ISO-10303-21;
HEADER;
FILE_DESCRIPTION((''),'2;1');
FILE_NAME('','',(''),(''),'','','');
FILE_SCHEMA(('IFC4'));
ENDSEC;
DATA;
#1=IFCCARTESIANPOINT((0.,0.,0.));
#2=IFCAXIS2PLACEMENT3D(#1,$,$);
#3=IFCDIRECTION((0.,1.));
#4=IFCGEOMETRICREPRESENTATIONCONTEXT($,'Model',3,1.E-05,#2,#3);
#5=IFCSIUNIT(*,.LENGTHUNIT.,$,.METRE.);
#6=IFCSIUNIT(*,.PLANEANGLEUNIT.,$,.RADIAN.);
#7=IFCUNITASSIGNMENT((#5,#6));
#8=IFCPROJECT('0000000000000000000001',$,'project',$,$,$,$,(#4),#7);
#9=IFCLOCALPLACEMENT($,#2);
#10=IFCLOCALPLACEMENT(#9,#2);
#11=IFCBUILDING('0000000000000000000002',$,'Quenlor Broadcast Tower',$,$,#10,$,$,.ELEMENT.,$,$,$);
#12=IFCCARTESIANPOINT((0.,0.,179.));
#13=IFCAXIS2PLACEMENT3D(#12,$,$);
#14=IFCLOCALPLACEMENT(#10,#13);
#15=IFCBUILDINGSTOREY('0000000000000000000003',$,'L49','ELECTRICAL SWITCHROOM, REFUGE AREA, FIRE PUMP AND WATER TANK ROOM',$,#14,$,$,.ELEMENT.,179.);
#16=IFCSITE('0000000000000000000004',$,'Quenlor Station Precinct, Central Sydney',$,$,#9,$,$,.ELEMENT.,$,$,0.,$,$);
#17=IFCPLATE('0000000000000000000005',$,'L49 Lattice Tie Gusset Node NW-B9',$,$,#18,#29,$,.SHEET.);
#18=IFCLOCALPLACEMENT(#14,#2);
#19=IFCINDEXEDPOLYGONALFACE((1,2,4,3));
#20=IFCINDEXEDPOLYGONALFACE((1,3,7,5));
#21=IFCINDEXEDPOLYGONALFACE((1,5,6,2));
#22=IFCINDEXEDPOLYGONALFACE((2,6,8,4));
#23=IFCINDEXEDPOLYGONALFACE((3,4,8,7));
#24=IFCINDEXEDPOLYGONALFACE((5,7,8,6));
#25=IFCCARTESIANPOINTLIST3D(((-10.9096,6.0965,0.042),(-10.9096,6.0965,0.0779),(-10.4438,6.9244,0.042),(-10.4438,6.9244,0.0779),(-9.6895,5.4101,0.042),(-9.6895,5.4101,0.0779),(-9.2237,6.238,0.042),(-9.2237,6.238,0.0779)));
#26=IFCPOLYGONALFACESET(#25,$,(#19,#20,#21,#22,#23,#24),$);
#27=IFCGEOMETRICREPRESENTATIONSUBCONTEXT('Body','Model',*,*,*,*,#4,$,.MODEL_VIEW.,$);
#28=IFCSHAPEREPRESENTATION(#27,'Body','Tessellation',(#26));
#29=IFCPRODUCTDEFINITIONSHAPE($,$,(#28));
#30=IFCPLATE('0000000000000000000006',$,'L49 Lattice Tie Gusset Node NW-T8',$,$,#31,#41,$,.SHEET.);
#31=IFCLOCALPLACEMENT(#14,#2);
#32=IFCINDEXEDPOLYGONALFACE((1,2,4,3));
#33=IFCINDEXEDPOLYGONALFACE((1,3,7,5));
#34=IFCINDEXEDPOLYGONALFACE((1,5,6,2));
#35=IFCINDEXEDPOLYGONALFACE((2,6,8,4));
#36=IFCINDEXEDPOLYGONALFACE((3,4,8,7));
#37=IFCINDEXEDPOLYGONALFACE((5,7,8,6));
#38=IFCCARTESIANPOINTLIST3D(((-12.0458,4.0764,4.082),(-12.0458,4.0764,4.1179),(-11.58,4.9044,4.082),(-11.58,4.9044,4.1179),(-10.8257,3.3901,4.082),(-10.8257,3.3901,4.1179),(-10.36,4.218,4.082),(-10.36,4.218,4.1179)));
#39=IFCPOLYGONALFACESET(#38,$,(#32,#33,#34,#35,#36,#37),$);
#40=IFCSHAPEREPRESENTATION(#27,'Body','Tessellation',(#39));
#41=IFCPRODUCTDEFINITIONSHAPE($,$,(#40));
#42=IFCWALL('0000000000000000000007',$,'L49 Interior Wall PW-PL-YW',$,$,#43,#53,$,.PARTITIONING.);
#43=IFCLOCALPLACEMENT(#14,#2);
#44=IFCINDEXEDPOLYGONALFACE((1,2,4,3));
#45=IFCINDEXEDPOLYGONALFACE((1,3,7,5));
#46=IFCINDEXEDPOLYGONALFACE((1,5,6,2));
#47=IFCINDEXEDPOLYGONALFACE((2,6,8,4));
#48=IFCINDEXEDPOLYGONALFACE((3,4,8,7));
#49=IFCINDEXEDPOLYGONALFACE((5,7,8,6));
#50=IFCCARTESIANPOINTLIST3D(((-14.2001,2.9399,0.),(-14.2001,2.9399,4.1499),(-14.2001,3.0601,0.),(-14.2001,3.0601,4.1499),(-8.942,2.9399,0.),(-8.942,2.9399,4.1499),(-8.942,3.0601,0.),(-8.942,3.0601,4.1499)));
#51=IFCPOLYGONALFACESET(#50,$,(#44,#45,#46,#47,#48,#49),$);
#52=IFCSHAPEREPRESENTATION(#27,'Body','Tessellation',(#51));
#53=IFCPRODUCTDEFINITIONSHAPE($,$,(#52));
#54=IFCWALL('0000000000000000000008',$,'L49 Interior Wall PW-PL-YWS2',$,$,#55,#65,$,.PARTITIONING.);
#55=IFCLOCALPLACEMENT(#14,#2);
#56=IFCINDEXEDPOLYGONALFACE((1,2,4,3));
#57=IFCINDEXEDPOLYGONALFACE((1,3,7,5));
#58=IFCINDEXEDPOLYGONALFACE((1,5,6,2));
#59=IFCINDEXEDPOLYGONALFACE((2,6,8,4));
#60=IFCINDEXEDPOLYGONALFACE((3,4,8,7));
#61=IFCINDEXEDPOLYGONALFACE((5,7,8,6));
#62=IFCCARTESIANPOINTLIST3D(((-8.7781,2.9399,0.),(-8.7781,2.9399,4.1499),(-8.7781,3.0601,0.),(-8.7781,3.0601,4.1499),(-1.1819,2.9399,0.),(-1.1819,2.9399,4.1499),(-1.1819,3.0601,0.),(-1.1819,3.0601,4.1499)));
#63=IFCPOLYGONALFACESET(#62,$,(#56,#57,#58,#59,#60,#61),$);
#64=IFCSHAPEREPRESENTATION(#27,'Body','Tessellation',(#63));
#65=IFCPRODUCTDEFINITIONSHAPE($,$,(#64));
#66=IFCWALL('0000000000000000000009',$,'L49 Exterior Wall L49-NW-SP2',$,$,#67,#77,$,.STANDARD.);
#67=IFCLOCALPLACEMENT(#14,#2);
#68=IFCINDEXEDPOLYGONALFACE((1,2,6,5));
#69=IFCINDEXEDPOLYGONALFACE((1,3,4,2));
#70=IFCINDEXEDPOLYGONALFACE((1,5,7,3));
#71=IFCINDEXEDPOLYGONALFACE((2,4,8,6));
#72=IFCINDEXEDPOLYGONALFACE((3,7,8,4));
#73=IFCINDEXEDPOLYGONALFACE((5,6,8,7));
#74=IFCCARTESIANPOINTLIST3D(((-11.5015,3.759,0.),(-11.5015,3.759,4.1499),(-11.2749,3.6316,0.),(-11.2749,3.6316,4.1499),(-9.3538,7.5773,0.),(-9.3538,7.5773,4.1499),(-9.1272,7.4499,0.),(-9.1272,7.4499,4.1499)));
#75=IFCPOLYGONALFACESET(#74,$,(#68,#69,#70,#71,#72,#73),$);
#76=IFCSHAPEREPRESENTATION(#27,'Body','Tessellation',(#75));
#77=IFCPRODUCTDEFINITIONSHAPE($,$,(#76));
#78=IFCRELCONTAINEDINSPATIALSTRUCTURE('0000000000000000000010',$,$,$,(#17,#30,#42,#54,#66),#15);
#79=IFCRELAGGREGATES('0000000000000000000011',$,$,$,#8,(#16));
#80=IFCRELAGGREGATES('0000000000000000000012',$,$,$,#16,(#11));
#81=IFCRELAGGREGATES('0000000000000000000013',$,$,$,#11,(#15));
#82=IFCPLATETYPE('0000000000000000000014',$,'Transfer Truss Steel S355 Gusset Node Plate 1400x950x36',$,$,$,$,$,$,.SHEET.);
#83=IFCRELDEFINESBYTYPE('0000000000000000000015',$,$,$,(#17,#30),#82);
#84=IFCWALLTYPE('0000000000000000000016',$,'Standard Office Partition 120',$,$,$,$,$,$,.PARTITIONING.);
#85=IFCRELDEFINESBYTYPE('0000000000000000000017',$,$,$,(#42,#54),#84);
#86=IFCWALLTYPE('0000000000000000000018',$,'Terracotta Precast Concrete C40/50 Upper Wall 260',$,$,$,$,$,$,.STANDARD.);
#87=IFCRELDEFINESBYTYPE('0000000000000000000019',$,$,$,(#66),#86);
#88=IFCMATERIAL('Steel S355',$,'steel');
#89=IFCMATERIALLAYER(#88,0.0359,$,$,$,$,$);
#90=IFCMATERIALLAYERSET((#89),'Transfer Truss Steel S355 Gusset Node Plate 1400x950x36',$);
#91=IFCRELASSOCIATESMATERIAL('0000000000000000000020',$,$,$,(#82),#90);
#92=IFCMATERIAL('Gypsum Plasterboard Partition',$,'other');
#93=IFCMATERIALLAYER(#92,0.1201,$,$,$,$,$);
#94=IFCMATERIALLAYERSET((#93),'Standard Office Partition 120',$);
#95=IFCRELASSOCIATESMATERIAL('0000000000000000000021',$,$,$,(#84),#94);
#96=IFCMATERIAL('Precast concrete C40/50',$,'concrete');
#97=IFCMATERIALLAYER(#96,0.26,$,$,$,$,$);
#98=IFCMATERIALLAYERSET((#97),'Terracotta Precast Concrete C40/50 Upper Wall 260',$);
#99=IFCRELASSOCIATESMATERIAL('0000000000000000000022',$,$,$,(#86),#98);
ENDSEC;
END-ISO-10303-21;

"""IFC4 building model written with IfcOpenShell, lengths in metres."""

from ifc_helpers import new_model, si_unit, direction, frame, frame_2d, origin, origin_2d, place, context, subcontext, project, spatial, rectangle, extrude, material, layer, layer_set, type_object, element, save


model = new_model("IFC4")

# Units and contexts
model_context = context("Model", 3, precision=1e-05, world=origin(), true_north=direction((0.0, 1.0)))
body_context = subcontext(model_context, "Body", "Model", "MODEL_VIEW")
ifc_project = project(units=[si_unit("LENGTHUNIT", "METRE"), si_unit("PLANEANGLEUNIT", "RADIAN")], contexts=[model_context])

# Site, building, storey
site_placement = place(None, origin())
site = spatial("IfcSite", under=ifc_project, at=site_placement, Name="Quenlor Station Precinct, Central Sydney", CompositionType="ELEMENT", RefElevation=0.0)
building_placement = place(site_placement, origin())
building = spatial("IfcBuilding", under=site, at=building_placement, Name="Quenlor Broadcast Tower", CompositionType="ELEMENT")
storey_placement = place(building_placement, frame((0.0, 0.0, 179.0)))
storey = spatial("IfcBuildingStorey", under=building, at=storey_placement, Name="L49", Description="ELECTRICAL SWITCHROOM, REFUGE AREA, FIRE PUMP AND WATER TANK ROOM", CompositionType="ELEMENT", Elevation=179.0)

# Plates
ifc_material_1 = material(Name="Steel S355", Category="steel")
ifc_layer_1 = layer(ifc_material_1, 0.0359)
ifc_layer_set_1 = layer_set([ifc_layer_1], Name="Transfer Truss Steel S355 Gusset Node Plate 1400x950x36")
plate_type_1 = type_object("IfcPlateType", Name="Transfer Truss Steel S355 Gusset Node Plate 1400x950x36", PredefinedType="SHEET", material=ifc_layer_set_1)
for number, where, z_axis, x_axis, name in (
    (1, (-10.0667, 6.1672, 0.042), (0.0, 0.0, 1.0), (-0.871556, 0.490295, 0.0), "L49 Lattice Tie Gusset Node NW-B9"),
    (2, (-11.2029, 4.1472, 4.082), (0.0, 0.0, 1.0), (-0.871556, 0.490295, 0.0), "L49 Lattice Tie Gusset Node NW-T8"),
):
    element("IfcPlate", number, at=place(storey_placement, frame(where, z_axis=z_axis, x_axis=x_axis)), inside=storey, type_object=plate_type_1, Name=name, PredefinedType="SHEET", context=body_context, shape_type="SweptSolid", body=[
        extrude(rectangle(XDim=1.3999, YDim=0.95, at=origin_2d()), origin(), (0.0, 0.0, 1.0), 0.0359),
    ])

# Walls
ifc_material_2 = material(Name="Gypsum Plasterboard Partition", Category="other")
ifc_layer_2 = layer(ifc_material_2, 0.1201)
ifc_layer_set_2 = layer_set([ifc_layer_2], Name="Standard Office Partition 120")
wall_type_1 = type_object("IfcWallType", Name="Standard Office Partition 120", PredefinedType="PARTITIONING", material=ifc_layer_set_2)
wall_1_placement = place(storey_placement, frame((-14.2, 3.0, 0.0), z_axis=(0.0, 0.0, 1.0), x_axis=(1.0, 0.0, 0.0)))
element("IfcWall", 3, at=wall_1_placement, inside=storey, type_object=wall_type_1, Name="L49 Interior Wall PW-PL-YW", PredefinedType="PARTITIONING", context=body_context, shape_type="SweptSolid", body=[
    extrude(rectangle(XDim=5.2581, YDim=0.1201, at=frame_2d((2.6289, 0.0))), origin(), (0.0, 0.0, 1.0), 4.1499),
])
wall_2_placement = place(storey_placement, frame((-8.7781, 3.0, 0.0), z_axis=(0.0, 0.0, 1.0), x_axis=(1.0, 0.0, 0.0)))
element("IfcWall", 4, at=wall_2_placement, inside=storey, type_object=wall_type_1, Name="L49 Interior Wall PW-PL-YWS2", PredefinedType="PARTITIONING", context=body_context, shape_type="SweptSolid", body=[
    extrude(rectangle(XDim=7.5962, YDim=0.1201, at=frame_2d((3.7981, 0.0))), origin(), (0.0, 0.0, 1.0), 4.1499),
])
ifc_material_3 = material(Name="Precast concrete C40/50", Category="concrete")
ifc_layer_3 = layer(ifc_material_3, 0.26)
ifc_layer_set_3 = layer_set([ifc_layer_3], Name="Terracotta Precast Concrete C40/50 Upper Wall 260")
wall_type_2 = type_object("IfcWallType", Name="Terracotta Precast Concrete C40/50 Upper Wall 260", PredefinedType="STANDARD", material=ifc_layer_set_3)
wall_3_placement = place(storey_placement, frame((-11.3882, 3.6953, 0.0), z_axis=(0.0, 0.0, 1.0), x_axis=(0.49024, 0.871587, 0.0)))
element("IfcWall", 5, at=wall_3_placement, inside=storey, type_object=wall_type_2, Name="L49 Exterior Wall L49-NW-SP2", PredefinedType="STANDARD", context=body_context, shape_type="SweptSolid", body=[
    extrude(rectangle(XDim=4.3809, YDim=0.26, at=frame_2d((2.1904, 0.0))), origin(), (0.0, 0.0, 1.0), 4.1499),
])

save(model, "model.ifc")
